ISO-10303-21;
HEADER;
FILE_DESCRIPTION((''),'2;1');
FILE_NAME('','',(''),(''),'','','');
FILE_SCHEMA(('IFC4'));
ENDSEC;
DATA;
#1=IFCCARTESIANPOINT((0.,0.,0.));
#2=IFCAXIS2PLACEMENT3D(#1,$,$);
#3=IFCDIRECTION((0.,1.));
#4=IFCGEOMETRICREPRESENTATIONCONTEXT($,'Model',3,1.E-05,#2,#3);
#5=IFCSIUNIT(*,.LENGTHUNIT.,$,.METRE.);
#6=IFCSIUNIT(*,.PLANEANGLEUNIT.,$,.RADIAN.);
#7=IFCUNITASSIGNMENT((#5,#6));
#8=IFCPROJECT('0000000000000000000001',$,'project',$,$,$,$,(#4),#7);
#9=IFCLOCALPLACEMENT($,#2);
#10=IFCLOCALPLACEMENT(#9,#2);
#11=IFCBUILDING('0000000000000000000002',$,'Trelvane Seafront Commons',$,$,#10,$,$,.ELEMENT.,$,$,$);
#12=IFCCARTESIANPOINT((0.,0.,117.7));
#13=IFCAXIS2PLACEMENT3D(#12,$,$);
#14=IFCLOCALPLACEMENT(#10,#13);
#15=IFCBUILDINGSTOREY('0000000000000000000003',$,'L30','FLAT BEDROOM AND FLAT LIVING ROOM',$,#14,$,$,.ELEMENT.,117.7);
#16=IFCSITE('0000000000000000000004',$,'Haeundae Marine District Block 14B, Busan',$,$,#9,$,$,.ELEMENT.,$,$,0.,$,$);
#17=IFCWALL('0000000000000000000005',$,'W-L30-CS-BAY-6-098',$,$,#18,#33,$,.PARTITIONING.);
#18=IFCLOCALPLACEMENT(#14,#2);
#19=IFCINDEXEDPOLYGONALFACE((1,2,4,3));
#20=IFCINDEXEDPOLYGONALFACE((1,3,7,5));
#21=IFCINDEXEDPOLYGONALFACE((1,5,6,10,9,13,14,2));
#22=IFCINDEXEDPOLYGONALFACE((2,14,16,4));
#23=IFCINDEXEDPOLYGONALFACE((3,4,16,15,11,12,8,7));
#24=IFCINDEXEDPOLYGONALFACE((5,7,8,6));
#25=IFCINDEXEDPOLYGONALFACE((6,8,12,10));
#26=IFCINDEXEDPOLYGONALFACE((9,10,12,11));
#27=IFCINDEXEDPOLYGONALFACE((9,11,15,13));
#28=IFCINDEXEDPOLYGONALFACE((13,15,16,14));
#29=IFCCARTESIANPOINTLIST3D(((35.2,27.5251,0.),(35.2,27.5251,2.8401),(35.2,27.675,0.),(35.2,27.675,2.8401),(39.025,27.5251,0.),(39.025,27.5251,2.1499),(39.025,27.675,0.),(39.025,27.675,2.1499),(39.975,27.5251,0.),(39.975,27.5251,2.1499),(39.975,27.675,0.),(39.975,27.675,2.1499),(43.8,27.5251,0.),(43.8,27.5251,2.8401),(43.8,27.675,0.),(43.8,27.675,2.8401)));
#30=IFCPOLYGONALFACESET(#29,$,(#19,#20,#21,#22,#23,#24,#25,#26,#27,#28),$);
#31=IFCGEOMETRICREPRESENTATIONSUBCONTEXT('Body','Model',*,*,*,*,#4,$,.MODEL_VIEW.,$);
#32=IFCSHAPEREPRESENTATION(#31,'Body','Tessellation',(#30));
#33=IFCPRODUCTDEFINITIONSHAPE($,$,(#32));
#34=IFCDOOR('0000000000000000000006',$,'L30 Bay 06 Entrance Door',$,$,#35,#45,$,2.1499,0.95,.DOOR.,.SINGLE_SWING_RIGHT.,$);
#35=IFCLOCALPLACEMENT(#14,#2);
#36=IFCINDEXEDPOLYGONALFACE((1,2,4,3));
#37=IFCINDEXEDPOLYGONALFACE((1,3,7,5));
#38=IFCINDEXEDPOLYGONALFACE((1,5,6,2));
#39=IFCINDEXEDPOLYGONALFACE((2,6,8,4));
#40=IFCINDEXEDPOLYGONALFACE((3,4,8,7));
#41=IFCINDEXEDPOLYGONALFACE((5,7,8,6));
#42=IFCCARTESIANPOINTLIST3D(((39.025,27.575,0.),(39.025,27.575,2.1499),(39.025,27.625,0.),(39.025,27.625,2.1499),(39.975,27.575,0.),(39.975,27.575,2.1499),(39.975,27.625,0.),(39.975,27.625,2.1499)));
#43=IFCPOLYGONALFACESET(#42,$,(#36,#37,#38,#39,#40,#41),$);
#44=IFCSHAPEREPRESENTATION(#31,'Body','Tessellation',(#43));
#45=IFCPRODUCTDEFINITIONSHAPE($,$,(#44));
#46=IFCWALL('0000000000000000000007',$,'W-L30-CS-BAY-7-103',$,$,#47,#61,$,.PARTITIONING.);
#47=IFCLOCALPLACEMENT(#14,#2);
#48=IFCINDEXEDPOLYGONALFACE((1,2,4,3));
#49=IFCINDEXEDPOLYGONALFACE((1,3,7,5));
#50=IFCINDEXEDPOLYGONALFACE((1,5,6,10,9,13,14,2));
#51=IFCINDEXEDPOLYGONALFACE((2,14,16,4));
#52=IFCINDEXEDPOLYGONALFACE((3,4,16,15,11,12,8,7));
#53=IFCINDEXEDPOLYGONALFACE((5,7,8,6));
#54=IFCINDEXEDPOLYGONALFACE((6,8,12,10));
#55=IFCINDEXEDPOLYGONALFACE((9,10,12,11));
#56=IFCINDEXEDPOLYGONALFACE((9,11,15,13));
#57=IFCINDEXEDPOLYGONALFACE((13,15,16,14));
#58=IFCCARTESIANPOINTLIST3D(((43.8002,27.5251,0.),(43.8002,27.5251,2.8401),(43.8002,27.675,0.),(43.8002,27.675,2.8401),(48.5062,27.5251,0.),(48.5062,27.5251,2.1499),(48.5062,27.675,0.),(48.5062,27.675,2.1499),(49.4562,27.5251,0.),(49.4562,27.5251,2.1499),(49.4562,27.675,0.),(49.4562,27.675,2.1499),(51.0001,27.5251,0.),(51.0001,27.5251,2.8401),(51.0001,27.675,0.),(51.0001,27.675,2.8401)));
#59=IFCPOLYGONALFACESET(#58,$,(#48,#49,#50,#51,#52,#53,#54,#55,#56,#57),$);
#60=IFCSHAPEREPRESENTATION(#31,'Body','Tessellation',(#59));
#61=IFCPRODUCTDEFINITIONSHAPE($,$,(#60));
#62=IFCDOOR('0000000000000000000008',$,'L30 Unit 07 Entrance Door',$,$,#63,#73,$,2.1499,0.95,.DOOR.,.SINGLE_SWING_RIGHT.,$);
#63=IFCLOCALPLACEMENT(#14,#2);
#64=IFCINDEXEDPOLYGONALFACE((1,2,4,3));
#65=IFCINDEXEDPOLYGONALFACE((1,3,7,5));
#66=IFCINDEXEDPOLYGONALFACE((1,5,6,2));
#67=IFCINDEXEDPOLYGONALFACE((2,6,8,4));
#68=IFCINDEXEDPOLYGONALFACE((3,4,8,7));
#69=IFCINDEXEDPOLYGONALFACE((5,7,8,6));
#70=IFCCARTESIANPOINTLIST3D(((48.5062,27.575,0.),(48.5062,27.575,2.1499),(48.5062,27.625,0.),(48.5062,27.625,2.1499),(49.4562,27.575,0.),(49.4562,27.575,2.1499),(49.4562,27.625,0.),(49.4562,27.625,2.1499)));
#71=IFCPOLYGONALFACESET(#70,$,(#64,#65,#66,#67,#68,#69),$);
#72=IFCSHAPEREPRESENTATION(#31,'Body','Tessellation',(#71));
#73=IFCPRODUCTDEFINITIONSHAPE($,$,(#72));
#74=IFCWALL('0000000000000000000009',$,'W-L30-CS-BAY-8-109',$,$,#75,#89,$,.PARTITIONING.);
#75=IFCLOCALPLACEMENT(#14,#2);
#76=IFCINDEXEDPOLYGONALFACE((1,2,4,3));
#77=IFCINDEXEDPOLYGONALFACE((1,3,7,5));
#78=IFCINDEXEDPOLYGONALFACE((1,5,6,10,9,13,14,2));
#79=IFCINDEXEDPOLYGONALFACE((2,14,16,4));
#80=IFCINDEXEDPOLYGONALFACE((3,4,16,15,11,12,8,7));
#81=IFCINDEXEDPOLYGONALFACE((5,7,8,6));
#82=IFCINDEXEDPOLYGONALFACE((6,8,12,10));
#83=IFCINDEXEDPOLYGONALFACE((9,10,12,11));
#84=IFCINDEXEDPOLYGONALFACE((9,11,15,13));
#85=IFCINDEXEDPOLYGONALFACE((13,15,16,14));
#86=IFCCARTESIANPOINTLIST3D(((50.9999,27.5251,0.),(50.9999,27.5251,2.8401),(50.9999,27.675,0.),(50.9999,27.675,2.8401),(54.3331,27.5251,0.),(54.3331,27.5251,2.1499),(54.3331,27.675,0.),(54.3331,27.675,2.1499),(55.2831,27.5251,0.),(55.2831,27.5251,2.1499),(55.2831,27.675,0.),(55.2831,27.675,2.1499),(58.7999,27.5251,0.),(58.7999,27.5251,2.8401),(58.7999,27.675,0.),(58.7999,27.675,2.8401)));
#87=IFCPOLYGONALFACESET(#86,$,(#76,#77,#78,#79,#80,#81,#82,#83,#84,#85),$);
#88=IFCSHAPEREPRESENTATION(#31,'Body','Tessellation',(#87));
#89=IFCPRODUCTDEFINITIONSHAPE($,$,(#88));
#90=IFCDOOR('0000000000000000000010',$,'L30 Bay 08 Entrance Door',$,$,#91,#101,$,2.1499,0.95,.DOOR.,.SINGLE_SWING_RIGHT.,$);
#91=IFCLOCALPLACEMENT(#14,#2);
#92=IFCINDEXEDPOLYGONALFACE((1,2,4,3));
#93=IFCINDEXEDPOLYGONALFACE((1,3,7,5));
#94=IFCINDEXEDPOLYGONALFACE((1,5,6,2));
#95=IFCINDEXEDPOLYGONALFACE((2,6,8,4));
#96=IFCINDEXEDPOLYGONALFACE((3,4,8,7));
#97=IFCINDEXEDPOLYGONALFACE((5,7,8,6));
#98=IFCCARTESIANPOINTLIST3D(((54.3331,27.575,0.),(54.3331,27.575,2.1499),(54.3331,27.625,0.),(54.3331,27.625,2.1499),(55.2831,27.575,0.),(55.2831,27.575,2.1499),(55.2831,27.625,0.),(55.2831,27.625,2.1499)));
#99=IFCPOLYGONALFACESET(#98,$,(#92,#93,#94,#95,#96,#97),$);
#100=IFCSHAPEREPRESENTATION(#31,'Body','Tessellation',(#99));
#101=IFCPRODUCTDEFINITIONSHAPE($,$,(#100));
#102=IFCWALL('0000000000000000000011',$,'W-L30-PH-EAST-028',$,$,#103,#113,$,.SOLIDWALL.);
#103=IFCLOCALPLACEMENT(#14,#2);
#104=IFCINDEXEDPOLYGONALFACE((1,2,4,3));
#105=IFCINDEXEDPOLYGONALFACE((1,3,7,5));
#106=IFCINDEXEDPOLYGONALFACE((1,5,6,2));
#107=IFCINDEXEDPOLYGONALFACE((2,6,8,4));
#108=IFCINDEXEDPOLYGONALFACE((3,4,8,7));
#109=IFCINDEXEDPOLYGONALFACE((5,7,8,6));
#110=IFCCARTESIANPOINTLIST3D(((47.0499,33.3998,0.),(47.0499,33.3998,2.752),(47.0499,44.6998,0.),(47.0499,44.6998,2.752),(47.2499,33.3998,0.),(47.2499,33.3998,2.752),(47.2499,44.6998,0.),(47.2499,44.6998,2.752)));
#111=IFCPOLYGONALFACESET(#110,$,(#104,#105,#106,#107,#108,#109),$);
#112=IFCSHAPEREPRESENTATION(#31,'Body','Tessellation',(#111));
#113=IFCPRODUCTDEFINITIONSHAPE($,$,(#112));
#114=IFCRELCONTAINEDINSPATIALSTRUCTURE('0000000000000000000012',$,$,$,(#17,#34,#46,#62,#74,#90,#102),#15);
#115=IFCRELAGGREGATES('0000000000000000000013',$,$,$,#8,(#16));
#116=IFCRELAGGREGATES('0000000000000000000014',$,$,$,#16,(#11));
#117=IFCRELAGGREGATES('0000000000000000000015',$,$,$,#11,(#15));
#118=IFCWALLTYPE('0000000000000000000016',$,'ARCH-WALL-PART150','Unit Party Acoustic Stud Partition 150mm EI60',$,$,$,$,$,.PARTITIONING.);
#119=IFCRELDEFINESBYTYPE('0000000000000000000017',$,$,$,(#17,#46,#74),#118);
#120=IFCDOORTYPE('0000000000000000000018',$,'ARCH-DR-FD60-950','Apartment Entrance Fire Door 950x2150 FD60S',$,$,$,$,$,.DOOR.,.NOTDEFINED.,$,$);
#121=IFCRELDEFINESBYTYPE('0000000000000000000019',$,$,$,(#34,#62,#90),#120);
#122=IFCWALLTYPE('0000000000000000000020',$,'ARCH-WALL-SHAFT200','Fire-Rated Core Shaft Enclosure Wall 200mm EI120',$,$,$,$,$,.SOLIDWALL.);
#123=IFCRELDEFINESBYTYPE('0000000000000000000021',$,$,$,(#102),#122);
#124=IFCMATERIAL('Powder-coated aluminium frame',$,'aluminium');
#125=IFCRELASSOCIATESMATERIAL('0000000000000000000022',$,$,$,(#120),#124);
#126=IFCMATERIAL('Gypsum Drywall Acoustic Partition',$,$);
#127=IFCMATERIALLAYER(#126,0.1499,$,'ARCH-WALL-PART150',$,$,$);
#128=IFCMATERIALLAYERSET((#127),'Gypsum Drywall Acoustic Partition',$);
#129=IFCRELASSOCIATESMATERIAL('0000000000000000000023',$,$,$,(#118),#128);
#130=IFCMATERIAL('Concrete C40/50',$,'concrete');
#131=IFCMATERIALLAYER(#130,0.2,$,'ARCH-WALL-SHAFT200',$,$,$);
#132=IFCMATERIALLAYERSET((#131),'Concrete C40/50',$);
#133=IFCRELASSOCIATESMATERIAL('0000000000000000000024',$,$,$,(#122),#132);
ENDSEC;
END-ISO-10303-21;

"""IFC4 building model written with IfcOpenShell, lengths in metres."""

from ifc_helpers import new_model, si_unit, direction, frame, frame_2d, origin, place, context, subcontext, project, spatial, rectangle, extrude, source, transform, mapped, material, layer, layer_set, type_object, element, fill, save


model = new_model("IFC4")

# Units and contexts
model_context = context("Model", 3, precision=1e-05, world=origin(), true_north=direction((0.0, 1.0)))
body_context = subcontext(model_context, "Body", "Model", "MODEL_VIEW")
ifc_project = project(units=[si_unit("LENGTHUNIT", "METRE"), si_unit("PLANEANGLEUNIT", "RADIAN")], contexts=[model_context])

# Site, building, storey
site_placement = place(None, origin())
site = spatial("IfcSite", under=ifc_project, at=site_placement, Name="Haeundae Marine District Block 14B, Busan", CompositionType="ELEMENT", RefElevation=0.0)
building_placement = place(site_placement, origin())
building = spatial("IfcBuilding", under=site, at=building_placement, Name="Trelvane Seafront Commons", CompositionType="ELEMENT")
storey_placement = place(building_placement, frame((0.0, 0.0, 117.7)))
storey = spatial("IfcBuildingStorey", under=building, at=storey_placement, Name="L30", Description="FLAT BEDROOM AND FLAT LIVING ROOM", CompositionType="ELEMENT", Elevation=117.7)

# Shared definitions
ifc_material_1 = material(Name="Concrete C40/50", Category="concrete")
ifc_material_2 = material(Name="Powder-coated aluminium frame", Category="aluminium")
door_type_1 = type_object("IfcDoorType", Name="ARCH-DR-FD60-950", Description="Apartment Entrance Fire Door 950x2150 FD60S", OperationType="NOTDEFINED", PredefinedType="DOOR", material=ifc_material_2)
shared_shape_1 = source(origin(), body_context, "Body", "SweptSolid", [
    extrude(rectangle(XDim=0.95, YDim=2.1499, at=frame_2d((0.4751, 1.075))), frame((0.0, 0.0249, 0.0), z_axis=(0.0, -1.0, 0.0), x_axis=(1.0, 0.0, 0.0)), (0.0, 0.0, 1.0), 0.05),
])

# Shared definitions
ifc_material_3 = material(Name="Gypsum Drywall Acoustic Partition")

# Walls, openings, doors
ifc_layer_1 = layer(ifc_material_3, 0.1499, Name="ARCH-WALL-PART150")
ifc_layer_set_1 = layer_set([ifc_layer_1], Name="Gypsum Drywall Acoustic Partition")
wall_type_1 = type_object("IfcWallType", Name="ARCH-WALL-PART150", Description="Unit Party Acoustic Stud Partition 150mm EI60", PredefinedType="PARTITIONING", material=ifc_layer_set_1)
wall_1_placement = place(storey_placement, frame((35.2, 27.6001, 0.0), z_axis=(0.0, 0.0, 1.0), x_axis=(1.0, 0.0, 0.0)))
wall_1 = element("IfcWall", 1, at=wall_1_placement, inside=storey, type_object=wall_type_1, Name="W-L30-CS-BAY-6-098", PredefinedType="PARTITIONING", context=body_context, shape_type="SweptSolid", body=[
    extrude(rectangle(XDim=8.6001, YDim=0.1499, at=frame_2d((4.3, 0.0))), origin(), (0.0, 0.0, 1.0), 2.8401),
])
opening_1_placement = place(wall_1_placement, frame((3.825, 0.0, 0.0)))
opening_1 = element("IfcOpeningElement", 2, at=opening_1_placement, cuts=wall_1, PredefinedType="OPENING", context=body_context, shape_type="SweptSolid", body=[
    extrude(rectangle(XDim=0.95, YDim=2.1499, at=frame_2d((0.4751, 1.075))), frame((0.0, 0.085, 0.0), z_axis=(0.0, -1.0, 0.0), x_axis=(1.0, 0.0, 0.0)), (0.0, 0.0, 1.0), 0.1699),
])
door_1_placement = place(opening_1_placement, origin())
door_1 = element("IfcDoor", 3, at=door_1_placement, inside=storey, type_object=door_type_1, Name="L30 Bay 06 Entrance Door", OperationType="SINGLE_SWING_RIGHT", OverallHeight=2.1499, OverallWidth=0.95, PredefinedType="DOOR", context=body_context, shape_type="MappedRepresentation", body=[
    mapped(shared_shape_1, transform((0.0, 0.0, 0.0), x_axis=(1.0, 0.0, 0.0), y_axis=(0.0, 1.0, 0.0), z_axis=(0.0, 0.0, 1.0), scale=1.0)),
])
fill(opening_1, door_1)
wall_2_placement = place(storey_placement, frame((43.8, 27.6001, 0.0), z_axis=(0.0, 0.0, 1.0), x_axis=(1.0, 0.0, 0.0)))
wall_2 = element("IfcWall", 4, at=wall_2_placement, inside=storey, type_object=wall_type_1, Name="W-L30-CS-BAY-7-103", PredefinedType="PARTITIONING", context=body_context, shape_type="SweptSolid", body=[
    extrude(rectangle(XDim=7.2, YDim=0.1499, at=frame_2d((3.6001, 0.0))), origin(), (0.0, 0.0, 1.0), 2.8401),
])
opening_2_placement = place(wall_2_placement, frame((4.7061, 0.0, 0.0)))
opening_2 = element("IfcOpeningElement", 5, at=opening_2_placement, cuts=wall_2, PredefinedType="OPENING", context=body_context, shape_type="SweptSolid", body=[
    extrude(rectangle(XDim=0.95, YDim=2.1499, at=frame_2d((0.4751, 1.075))), frame((0.0, 0.085, 0.0), z_axis=(0.0, -1.0, 0.0), x_axis=(1.0, 0.0, 0.0)), (0.0, 0.0, 1.0), 0.1699),
])
door_2_placement = place(opening_2_placement, origin())
door_2 = element("IfcDoor", 6, at=door_2_placement, inside=storey, type_object=door_type_1, Name="L30 Unit 07 Entrance Door", OperationType="SINGLE_SWING_RIGHT", OverallHeight=2.1499, OverallWidth=0.95, PredefinedType="DOOR", context=body_context, shape_type="MappedRepresentation", body=[
    mapped(shared_shape_1, transform((0.0, 0.0, 0.0), x_axis=(1.0, 0.0, 0.0), y_axis=(0.0, 1.0, 0.0), z_axis=(0.0, 0.0, 1.0), scale=1.0)),
])
fill(opening_2, door_2)
wall_3_placement = place(storey_placement, frame((51.0, 27.6001, 0.0), z_axis=(0.0, 0.0, 1.0), x_axis=(1.0, 0.0, 0.0)))
wall_3 = element("IfcWall", 7, at=wall_3_placement, inside=storey, type_object=wall_type_1, Name="W-L30-CS-BAY-8-109", PredefinedType="PARTITIONING", context=body_context, shape_type="SweptSolid", body=[
    extrude(rectangle(XDim=7.8, YDim=0.1499, at=frame_2d((3.8999, 0.0))), origin(), (0.0, 0.0, 1.0), 2.8401),
])
opening_3_placement = place(wall_3_placement, frame((3.333, 0.0, 0.0)))
opening_3 = element("IfcOpeningElement", 8, at=opening_3_placement, cuts=wall_3, PredefinedType="OPENING", context=body_context, shape_type="SweptSolid", body=[
    extrude(rectangle(XDim=0.95, YDim=2.1499, at=frame_2d((0.4751, 1.075))), frame((0.0, 0.085, 0.0), z_axis=(0.0, -1.0, 0.0), x_axis=(1.0, 0.0, 0.0)), (0.0, 0.0, 1.0), 0.1699),
])
door_3_placement = place(opening_3_placement, origin())
door_3 = element("IfcDoor", 9, at=door_3_placement, inside=storey, type_object=door_type_1, Name="L30 Bay 08 Entrance Door", OperationType="SINGLE_SWING_RIGHT", OverallHeight=2.1499, OverallWidth=0.95, PredefinedType="DOOR", context=body_context, shape_type="MappedRepresentation", body=[
    mapped(shared_shape_1, transform((0.0, 0.0, 0.0), x_axis=(1.0, 0.0, 0.0), y_axis=(0.0, 1.0, 0.0), z_axis=(0.0, 0.0, 1.0), scale=1.0)),
])
fill(opening_3, door_3)

# Wall
ifc_layer_2 = layer(ifc_material_1, 0.2, Name="ARCH-WALL-SHAFT200")
ifc_layer_set_2 = layer_set([ifc_layer_2], Name="Concrete C40/50")
wall_type_2 = type_object("IfcWallType", Name="ARCH-WALL-SHAFT200", Description="Fire-Rated Core Shaft Enclosure Wall 200mm EI120", PredefinedType="SOLIDWALL", material=ifc_layer_set_2)
wall_4_placement = place(storey_placement, frame((47.1499, 33.3999, 0.0), z_axis=(0.0, 0.0, 1.0), x_axis=(0.0, 1.0, 0.0)))
element("IfcWall", 10, at=wall_4_placement, inside=storey, type_object=wall_type_2, Name="W-L30-PH-EAST-028", PredefinedType="SOLIDWALL", context=body_context, shape_type="SweptSolid", body=[
    extrude(rectangle(XDim=11.3, YDim=0.2, at=frame_2d((5.6499, 0.0))), origin(), (0.0, 0.0, 1.0), 2.752),
])

save(model, "model.ifc")
